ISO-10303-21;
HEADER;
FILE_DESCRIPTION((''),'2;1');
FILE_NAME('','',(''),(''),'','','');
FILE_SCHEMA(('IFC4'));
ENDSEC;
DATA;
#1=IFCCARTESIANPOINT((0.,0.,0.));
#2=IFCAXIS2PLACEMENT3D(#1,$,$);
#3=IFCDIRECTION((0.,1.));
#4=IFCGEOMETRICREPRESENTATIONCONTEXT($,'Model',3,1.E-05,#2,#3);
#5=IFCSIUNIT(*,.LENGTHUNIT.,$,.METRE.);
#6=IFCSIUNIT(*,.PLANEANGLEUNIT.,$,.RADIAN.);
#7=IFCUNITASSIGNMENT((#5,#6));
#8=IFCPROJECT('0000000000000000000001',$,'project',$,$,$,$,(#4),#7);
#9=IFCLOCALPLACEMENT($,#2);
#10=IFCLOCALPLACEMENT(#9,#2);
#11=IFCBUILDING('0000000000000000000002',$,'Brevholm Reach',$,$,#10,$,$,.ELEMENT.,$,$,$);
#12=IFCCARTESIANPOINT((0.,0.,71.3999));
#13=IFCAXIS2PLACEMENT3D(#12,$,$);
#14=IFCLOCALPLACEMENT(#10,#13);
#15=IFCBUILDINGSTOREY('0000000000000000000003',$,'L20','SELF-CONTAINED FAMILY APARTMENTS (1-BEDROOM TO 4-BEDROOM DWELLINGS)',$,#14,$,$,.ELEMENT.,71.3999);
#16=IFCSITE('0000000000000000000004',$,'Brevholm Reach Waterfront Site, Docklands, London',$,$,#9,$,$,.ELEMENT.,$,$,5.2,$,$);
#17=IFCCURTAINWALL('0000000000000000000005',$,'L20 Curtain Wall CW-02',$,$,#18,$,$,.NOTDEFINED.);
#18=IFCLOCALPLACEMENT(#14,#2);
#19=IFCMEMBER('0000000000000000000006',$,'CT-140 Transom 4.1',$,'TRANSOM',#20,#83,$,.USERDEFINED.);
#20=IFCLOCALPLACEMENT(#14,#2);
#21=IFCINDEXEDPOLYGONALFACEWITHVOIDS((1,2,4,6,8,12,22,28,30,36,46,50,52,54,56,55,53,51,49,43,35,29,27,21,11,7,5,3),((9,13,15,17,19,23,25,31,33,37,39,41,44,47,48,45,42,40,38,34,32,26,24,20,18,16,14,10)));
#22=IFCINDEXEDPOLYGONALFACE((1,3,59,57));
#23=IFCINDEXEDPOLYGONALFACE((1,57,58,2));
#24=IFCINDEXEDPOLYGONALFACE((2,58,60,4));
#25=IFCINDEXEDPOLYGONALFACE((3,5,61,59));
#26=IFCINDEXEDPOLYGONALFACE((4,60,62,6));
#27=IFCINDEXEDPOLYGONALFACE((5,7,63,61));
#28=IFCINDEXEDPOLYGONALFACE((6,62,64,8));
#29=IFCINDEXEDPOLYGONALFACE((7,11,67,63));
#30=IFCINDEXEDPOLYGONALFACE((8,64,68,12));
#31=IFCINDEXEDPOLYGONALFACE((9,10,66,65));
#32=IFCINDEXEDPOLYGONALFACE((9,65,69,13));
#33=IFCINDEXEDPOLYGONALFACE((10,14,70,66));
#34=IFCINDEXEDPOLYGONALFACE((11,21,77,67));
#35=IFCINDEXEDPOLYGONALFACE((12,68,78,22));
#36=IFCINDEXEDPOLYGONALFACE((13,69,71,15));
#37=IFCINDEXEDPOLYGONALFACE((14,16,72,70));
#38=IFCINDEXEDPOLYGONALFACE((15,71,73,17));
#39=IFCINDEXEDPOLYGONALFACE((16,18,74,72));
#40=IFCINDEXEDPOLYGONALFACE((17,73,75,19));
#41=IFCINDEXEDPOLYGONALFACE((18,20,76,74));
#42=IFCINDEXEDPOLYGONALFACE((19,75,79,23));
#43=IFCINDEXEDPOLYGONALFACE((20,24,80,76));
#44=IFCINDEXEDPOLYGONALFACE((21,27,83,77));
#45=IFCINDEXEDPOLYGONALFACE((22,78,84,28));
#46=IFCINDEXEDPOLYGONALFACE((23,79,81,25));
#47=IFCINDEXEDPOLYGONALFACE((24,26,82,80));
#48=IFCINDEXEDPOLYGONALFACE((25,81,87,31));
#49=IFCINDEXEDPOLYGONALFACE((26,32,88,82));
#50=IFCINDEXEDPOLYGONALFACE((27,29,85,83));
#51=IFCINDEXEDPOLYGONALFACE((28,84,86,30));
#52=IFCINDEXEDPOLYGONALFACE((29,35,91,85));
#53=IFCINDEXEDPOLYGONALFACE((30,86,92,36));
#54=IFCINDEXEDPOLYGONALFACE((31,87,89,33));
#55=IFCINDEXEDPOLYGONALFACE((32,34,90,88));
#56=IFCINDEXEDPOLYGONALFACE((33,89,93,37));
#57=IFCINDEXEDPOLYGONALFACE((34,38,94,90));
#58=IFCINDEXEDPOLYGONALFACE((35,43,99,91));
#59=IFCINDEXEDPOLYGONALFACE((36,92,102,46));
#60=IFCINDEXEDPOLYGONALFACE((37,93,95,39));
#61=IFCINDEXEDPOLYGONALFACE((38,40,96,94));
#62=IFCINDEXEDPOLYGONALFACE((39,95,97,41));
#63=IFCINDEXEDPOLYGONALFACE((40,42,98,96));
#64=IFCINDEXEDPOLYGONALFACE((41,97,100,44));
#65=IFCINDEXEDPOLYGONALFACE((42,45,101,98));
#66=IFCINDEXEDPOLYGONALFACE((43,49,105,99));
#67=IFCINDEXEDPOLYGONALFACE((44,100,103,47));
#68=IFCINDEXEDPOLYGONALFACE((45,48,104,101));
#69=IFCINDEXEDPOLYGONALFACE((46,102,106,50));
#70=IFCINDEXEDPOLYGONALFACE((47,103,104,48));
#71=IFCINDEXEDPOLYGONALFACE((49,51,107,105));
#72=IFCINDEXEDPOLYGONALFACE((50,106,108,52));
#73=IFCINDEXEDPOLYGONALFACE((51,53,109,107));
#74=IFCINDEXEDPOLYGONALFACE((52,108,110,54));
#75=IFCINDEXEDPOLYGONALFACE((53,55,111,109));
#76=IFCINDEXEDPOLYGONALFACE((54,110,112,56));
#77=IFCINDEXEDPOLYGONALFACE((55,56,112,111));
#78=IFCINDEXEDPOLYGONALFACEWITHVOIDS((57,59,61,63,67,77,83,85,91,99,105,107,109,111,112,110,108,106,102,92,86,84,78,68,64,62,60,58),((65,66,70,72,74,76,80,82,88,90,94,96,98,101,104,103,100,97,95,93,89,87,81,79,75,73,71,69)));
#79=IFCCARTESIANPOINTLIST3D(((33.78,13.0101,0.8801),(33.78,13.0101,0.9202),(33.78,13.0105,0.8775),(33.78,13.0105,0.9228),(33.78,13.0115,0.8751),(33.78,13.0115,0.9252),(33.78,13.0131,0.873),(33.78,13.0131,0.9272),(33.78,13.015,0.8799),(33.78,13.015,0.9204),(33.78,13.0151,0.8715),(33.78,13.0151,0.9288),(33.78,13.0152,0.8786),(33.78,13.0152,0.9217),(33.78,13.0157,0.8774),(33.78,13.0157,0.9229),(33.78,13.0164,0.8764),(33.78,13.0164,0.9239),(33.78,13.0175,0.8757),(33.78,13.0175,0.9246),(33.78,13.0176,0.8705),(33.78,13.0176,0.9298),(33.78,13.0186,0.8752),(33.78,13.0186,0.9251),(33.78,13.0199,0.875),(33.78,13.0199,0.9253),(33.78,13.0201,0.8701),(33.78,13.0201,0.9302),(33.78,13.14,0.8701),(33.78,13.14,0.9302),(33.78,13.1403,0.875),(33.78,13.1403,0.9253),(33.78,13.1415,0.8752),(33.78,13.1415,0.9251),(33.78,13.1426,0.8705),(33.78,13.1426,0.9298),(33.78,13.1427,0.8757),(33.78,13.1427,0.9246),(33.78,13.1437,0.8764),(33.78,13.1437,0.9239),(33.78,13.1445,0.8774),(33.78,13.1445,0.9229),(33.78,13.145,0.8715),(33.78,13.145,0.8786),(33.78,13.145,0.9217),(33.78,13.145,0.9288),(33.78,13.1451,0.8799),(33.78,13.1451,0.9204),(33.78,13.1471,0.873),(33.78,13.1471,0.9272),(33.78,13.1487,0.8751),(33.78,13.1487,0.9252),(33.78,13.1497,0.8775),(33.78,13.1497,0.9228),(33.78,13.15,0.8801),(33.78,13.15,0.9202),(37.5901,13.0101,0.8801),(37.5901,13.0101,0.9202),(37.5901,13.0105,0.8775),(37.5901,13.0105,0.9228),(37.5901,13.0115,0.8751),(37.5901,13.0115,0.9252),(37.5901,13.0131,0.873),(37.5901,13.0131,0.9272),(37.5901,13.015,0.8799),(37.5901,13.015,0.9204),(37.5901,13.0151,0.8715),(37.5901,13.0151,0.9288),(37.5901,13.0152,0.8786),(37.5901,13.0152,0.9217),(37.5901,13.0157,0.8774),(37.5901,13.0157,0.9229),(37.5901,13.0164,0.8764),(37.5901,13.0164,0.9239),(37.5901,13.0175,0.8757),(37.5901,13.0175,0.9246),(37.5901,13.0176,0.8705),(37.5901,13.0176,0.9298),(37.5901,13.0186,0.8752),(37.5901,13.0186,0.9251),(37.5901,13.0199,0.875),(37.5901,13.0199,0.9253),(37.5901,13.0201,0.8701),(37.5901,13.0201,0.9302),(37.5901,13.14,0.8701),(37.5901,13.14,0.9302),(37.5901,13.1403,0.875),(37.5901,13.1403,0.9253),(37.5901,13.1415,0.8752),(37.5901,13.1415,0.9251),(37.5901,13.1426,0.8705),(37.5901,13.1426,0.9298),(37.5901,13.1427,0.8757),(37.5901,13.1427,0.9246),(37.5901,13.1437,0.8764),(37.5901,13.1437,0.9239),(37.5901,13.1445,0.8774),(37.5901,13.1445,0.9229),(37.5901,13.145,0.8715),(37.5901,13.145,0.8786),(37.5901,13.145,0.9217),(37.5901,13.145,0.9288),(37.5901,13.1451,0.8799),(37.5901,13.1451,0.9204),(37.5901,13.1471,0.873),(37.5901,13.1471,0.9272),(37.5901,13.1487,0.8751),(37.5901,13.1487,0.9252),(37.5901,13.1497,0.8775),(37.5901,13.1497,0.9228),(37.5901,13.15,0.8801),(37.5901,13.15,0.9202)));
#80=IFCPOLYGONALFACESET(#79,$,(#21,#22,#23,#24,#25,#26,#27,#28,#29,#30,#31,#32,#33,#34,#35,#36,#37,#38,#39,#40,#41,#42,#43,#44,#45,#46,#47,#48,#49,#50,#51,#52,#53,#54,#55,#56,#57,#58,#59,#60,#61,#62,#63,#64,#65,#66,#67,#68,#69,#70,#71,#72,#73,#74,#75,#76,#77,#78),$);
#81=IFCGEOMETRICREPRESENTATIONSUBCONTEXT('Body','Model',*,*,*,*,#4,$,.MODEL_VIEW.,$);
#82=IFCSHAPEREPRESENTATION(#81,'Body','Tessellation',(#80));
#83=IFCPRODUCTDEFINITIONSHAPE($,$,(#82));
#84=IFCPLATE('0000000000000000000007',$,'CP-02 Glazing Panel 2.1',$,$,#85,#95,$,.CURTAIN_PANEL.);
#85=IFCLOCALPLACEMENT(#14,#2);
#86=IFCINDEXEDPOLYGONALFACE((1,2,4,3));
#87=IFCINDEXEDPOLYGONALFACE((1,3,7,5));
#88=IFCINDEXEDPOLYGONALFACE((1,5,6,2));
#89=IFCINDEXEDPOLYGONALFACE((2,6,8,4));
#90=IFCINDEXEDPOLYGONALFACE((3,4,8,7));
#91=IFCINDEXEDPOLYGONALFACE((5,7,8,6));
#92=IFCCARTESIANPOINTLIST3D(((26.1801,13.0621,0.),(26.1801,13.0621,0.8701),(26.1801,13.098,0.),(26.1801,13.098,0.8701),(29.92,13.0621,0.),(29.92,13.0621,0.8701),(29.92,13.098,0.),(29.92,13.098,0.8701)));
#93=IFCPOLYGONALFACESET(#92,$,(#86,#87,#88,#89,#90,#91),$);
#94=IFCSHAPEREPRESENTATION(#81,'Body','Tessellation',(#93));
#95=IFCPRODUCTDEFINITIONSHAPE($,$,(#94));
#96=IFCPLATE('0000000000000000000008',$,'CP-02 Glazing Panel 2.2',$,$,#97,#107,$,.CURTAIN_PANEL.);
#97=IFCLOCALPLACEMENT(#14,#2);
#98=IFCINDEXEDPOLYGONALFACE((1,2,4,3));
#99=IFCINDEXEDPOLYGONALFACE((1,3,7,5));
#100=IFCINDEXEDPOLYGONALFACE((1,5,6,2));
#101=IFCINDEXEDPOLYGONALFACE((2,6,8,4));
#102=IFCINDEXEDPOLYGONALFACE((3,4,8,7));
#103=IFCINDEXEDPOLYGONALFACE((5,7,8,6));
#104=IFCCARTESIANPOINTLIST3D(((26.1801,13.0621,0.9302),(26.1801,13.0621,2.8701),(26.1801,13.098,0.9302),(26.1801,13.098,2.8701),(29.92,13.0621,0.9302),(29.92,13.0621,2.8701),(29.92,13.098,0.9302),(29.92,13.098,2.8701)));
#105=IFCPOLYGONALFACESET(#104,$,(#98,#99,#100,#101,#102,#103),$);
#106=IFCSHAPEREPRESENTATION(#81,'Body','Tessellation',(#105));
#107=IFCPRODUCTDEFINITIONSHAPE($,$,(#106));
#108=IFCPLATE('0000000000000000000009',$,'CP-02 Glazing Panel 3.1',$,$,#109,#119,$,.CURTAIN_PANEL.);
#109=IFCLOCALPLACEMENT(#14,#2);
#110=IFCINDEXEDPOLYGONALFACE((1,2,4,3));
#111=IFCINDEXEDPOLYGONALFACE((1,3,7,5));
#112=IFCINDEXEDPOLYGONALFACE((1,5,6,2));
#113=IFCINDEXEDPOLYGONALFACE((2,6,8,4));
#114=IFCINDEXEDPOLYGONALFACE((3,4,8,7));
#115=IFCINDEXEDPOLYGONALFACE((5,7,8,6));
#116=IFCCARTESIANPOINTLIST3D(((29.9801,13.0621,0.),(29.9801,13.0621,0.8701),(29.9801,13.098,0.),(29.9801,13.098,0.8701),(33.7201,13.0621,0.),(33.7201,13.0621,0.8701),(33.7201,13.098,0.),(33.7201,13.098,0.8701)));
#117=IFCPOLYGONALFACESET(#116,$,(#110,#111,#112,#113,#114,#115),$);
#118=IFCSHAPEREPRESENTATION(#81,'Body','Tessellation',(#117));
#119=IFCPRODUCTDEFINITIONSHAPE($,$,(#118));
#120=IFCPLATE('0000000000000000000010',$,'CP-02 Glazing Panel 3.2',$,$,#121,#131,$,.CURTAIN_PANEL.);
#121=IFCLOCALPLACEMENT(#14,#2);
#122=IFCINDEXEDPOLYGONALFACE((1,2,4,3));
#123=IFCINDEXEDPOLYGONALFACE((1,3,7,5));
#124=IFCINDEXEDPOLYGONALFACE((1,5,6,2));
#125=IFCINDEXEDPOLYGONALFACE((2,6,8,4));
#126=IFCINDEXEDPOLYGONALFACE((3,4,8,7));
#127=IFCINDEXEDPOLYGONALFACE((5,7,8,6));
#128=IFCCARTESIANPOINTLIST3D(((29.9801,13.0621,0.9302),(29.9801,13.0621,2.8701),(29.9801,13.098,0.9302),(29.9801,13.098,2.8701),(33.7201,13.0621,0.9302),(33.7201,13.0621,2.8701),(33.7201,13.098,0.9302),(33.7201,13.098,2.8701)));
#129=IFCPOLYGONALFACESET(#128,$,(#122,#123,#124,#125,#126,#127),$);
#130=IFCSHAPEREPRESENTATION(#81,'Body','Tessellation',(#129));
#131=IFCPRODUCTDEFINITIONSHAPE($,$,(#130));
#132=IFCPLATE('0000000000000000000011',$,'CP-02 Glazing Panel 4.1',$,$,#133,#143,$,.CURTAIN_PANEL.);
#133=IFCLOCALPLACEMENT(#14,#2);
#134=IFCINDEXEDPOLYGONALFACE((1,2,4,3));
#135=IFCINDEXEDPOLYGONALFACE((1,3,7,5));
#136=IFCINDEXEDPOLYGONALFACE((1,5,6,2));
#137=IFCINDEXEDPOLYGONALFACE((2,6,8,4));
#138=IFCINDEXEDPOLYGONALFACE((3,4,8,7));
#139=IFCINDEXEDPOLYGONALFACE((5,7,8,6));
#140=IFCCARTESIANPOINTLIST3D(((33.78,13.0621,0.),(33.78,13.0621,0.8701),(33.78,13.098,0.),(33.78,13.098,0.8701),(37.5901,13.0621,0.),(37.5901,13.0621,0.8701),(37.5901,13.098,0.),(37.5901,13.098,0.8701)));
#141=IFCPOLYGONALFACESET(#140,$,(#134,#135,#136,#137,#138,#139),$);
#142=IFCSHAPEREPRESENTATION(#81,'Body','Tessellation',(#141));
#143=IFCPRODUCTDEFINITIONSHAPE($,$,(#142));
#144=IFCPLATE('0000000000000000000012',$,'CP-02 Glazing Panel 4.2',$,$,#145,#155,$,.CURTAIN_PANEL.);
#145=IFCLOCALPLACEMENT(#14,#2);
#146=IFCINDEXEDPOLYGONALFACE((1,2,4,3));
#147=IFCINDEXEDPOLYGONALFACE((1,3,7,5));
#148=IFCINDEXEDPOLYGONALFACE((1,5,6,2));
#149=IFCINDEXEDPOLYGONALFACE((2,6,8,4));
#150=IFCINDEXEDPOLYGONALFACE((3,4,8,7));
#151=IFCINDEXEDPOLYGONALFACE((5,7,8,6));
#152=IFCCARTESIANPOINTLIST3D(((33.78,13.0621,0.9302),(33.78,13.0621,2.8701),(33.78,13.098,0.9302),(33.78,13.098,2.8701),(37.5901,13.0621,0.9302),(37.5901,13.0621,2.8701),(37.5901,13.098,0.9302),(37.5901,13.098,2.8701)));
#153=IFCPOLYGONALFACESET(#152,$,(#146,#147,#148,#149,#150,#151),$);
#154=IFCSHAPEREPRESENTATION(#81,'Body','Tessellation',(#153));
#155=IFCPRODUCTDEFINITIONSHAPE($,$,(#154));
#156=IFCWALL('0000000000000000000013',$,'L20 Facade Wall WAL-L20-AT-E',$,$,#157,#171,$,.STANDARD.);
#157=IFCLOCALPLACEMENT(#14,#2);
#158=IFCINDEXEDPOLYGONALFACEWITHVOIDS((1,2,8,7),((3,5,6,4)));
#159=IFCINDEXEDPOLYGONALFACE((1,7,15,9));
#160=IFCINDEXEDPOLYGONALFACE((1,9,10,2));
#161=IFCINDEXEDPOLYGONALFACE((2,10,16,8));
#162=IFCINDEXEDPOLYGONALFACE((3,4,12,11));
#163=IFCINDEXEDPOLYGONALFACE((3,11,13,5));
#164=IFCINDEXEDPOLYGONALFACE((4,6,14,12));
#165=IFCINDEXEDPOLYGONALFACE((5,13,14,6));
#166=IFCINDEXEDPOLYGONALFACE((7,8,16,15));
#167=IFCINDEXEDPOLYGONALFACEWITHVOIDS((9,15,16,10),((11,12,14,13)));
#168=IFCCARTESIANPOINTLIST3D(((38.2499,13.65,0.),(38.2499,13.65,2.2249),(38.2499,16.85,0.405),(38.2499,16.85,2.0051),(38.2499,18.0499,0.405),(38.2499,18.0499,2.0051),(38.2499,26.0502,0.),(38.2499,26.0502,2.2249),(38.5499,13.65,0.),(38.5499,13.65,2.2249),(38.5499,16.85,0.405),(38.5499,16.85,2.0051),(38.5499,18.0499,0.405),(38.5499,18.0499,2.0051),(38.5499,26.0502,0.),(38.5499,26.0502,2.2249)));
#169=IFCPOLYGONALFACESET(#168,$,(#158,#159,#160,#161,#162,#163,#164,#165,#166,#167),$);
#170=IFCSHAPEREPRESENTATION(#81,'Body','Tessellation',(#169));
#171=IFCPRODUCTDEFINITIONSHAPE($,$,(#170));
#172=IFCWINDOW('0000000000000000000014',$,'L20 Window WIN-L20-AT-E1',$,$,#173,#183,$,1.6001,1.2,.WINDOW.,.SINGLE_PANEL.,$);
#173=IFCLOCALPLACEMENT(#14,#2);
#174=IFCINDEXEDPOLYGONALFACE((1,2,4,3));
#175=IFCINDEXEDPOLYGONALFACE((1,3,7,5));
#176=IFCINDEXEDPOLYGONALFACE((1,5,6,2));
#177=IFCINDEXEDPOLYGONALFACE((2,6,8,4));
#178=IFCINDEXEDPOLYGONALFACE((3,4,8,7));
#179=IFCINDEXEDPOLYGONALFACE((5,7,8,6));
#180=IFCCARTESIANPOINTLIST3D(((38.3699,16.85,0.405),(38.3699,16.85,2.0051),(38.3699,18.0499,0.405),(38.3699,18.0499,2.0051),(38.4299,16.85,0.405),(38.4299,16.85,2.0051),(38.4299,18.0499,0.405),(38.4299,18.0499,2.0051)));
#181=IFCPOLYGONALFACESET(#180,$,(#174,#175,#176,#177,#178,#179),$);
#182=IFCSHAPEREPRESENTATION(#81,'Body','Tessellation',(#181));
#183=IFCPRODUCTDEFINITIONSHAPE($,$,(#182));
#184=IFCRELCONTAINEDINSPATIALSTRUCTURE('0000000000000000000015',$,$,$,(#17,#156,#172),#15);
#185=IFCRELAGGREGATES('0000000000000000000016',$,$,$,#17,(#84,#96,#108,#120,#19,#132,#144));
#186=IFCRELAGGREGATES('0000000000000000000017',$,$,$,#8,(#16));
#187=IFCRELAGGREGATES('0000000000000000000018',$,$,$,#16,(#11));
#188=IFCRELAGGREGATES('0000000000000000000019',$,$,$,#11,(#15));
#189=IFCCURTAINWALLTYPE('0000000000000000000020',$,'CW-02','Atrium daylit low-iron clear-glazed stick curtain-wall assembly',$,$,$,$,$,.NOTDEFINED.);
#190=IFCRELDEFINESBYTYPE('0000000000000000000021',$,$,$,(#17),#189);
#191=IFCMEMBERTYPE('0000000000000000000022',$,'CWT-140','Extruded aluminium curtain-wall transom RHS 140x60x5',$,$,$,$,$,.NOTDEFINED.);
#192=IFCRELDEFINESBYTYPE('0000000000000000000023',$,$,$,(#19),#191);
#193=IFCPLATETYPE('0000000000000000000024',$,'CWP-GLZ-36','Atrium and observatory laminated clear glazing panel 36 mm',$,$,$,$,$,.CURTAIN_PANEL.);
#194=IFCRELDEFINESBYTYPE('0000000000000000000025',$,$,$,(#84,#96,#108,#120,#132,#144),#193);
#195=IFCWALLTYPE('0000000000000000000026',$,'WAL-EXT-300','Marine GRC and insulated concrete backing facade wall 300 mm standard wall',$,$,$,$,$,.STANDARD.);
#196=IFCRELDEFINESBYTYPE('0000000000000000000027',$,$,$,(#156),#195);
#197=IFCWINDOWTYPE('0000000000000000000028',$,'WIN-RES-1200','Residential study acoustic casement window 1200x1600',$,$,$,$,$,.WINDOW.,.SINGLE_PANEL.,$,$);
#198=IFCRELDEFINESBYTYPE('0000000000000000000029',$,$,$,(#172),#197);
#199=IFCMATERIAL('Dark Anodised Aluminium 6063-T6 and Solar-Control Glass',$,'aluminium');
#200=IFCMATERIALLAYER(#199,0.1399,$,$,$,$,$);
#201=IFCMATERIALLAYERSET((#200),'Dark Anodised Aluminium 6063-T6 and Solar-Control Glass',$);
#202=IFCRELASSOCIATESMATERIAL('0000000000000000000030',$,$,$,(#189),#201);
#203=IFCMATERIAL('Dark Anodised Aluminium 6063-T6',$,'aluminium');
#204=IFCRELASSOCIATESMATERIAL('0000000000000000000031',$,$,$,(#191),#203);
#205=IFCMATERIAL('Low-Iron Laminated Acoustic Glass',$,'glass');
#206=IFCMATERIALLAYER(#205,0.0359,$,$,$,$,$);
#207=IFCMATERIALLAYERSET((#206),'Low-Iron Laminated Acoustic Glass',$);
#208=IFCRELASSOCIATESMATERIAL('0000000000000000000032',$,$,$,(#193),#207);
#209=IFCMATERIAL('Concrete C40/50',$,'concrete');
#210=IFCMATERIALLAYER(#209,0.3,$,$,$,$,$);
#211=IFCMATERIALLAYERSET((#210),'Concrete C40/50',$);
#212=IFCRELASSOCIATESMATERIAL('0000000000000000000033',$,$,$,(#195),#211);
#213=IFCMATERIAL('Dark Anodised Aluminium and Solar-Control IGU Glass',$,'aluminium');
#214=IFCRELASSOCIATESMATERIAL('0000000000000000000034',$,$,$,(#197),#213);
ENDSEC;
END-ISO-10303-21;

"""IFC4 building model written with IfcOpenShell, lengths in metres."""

from ifc_helpers import new_model, si_unit, direction, frame, frame_2d, origin, origin_2d, place, context, subcontext, project, spatial, rectangle, hollow_rectangle, extrude, material, layer, layer_set, material_profile, profile_set, type_object, element, fill, aggregate, save


model = new_model("IFC4")

# Units and contexts
model_context = context("Model", 3, precision=1e-05, world=origin(), true_north=direction((0.0, 1.0)))
body_context = subcontext(model_context, "Body", "Model", "MODEL_VIEW")
ifc_project = project(units=[si_unit("LENGTHUNIT", "METRE"), si_unit("PLANEANGLEUNIT", "RADIAN")], contexts=[model_context])

# Site, building, storey
site_placement = place(None, origin())
site = spatial("IfcSite", under=ifc_project, at=site_placement, Name="Brevholm Reach Waterfront Site, Docklands, London", CompositionType="ELEMENT", RefElevation=5.2)
building_placement = place(site_placement, origin())
building = spatial("IfcBuilding", under=site, at=building_placement, Name="Brevholm Reach", CompositionType="ELEMENT")
storey_placement = place(building_placement, frame((0.0, 0.0, 71.3999)))
storey = spatial("IfcBuildingStorey", under=building, at=storey_placement, Name="L20", Description="SELF-CONTAINED FAMILY APARTMENTS (1-BEDROOM TO 4-BEDROOM DWELLINGS)", CompositionType="ELEMENT", Elevation=71.3999)

# Curtain wall, member, plates
ifc_material_1 = material(Name="Dark Anodised Aluminium 6063-T6 and Solar-Control Glass", Category="aluminium")
ifc_layer_1 = layer(ifc_material_1, 0.1399)
ifc_layer_set_1 = layer_set([ifc_layer_1], Name="Dark Anodised Aluminium 6063-T6 and Solar-Control Glass")
curtain_wall_type = type_object("IfcCurtainWallType", Name="CW-02", Description="Atrium daylit low-iron clear-glazed stick curtain-wall assembly", PredefinedType="NOTDEFINED", material=ifc_layer_set_1)
curtain_wall_placement = place(storey_placement, origin())
curtain_wall = element("IfcCurtainWall", 1, at=curtain_wall_placement, inside=storey, type_object=curtain_wall_type, Name="L20 Curtain Wall CW-02", PredefinedType="NOTDEFINED")
ifc_material_2 = material(Name="Dark Anodised Aluminium 6063-T6", Category="aluminium")
ifc_material_profile_1 = material_profile(ifc_material_2, hollow_rectangle(XDim=0.0601, YDim=0.1399, WallThickness=0.0049, InnerFilletRadius=0.0049, OuterFilletRadius=0.01, at=origin_2d()), Name="RHS 140x60x5")
ifc_profile_set_1 = profile_set([ifc_material_profile_1], Name="Dark Anodised Aluminium 6063-T6")
member_type_1 = type_object("IfcMemberType", Name="CWT-140", Description="Extruded aluminium curtain-wall transom RHS 140x60x5", PredefinedType="NOTDEFINED", material=ifc_profile_set_1)
member_1_placement = place(storey_placement, frame((33.78, 13.0801, 0.9001), z_axis=(1.0, 0.0, 0.0), x_axis=(0.0, 0.0, 1.0)))
member_1 = element("IfcMember", 2, at=member_1_placement, type_object=member_type_1, Name="CT-140 Transom 4.1", ObjectType="TRANSOM", PredefinedType="USERDEFINED", context=body_context, shape_type="SweptSolid", body=[
    extrude(hollow_rectangle(XDim=0.0601, YDim=0.1399, WallThickness=0.0049, InnerFilletRadius=0.0049, OuterFilletRadius=0.01, at=origin_2d()), origin(), (0.0, 0.0, 1.0), 3.8101),
])
ifc_material_3 = material(Name="Low-Iron Laminated Acoustic Glass", Category="glass")
ifc_layer_2 = layer(ifc_material_3, 0.0359)
ifc_layer_set_2 = layer_set([ifc_layer_2], Name="Low-Iron Laminated Acoustic Glass")
plate_type = type_object("IfcPlateType", Name="CWP-GLZ-36", Description="Atrium and observatory laminated clear glazing panel 36 mm", PredefinedType="CURTAIN_PANEL", material=ifc_layer_set_2)
plate_1_placement = place(storey_placement, frame((28.05, 13.0801, 0.0), z_axis=(0.0, 0.0, 1.0), x_axis=(1.0, 0.0, 0.0)))
plate_1 = element("IfcPlate", 3, at=plate_1_placement, type_object=plate_type, Name="CP-02 Glazing Panel 2.1", PredefinedType="CURTAIN_PANEL", context=body_context, shape_type="SweptSolid", body=[
    extrude(rectangle(XDim=3.74, YDim=0.0359, at=origin_2d()), origin(), (0.0, 0.0, 1.0), 0.8701),
])
plate_2_placement = place(storey_placement, frame((28.05, 13.0801, 0.9302), z_axis=(0.0, 0.0, 1.0), x_axis=(1.0, 0.0, 0.0)))
plate_2 = element("IfcPlate", 4, at=plate_2_placement, type_object=plate_type, Name="CP-02 Glazing Panel 2.2", PredefinedType="CURTAIN_PANEL", context=body_context, shape_type="SweptSolid", body=[
    extrude(rectangle(XDim=3.74, YDim=0.0359, at=origin_2d()), origin(), (0.0, 0.0, 1.0), 1.9399),
])
plate_3_placement = place(storey_placement, frame((31.8501, 13.0801, 0.0), z_axis=(0.0, 0.0, 1.0), x_axis=(1.0, 0.0, 0.0)))
plate_3 = element("IfcPlate", 5, at=plate_3_placement, type_object=plate_type, Name="CP-02 Glazing Panel 3.1", PredefinedType="CURTAIN_PANEL", context=body_context, shape_type="SweptSolid", body=[
    extrude(rectangle(XDim=3.74, YDim=0.0359, at=origin_2d()), origin(), (0.0, 0.0, 1.0), 0.8701),
])
plate_4_placement = place(storey_placement, frame((31.8501, 13.0801, 0.9302), z_axis=(0.0, 0.0, 1.0), x_axis=(1.0, 0.0, 0.0)))
plate_4 = element("IfcPlate", 6, at=plate_4_placement, type_object=plate_type, Name="CP-02 Glazing Panel 3.2", PredefinedType="CURTAIN_PANEL", context=body_context, shape_type="SweptSolid", body=[
    extrude(rectangle(XDim=3.74, YDim=0.0359, at=origin_2d()), origin(), (0.0, 0.0, 1.0), 1.9399),
])
plate_5_placement = place(storey_placement, frame((35.6851, 13.0801, 0.0), z_axis=(0.0, 0.0, 1.0), x_axis=(1.0, 0.0, 0.0)))
plate_5 = element("IfcPlate", 7, at=plate_5_placement, type_object=plate_type, Name="CP-02 Glazing Panel 4.1", PredefinedType="CURTAIN_PANEL", context=body_context, shape_type="SweptSolid", body=[
    extrude(rectangle(XDim=3.8101, YDim=0.0359, at=origin_2d()), origin(), (0.0, 0.0, 1.0), 0.8701),
])
plate_6_placement = place(storey_placement, frame((35.6851, 13.0801, 0.9302), z_axis=(0.0, 0.0, 1.0), x_axis=(1.0, 0.0, 0.0)))
plate_6 = element("IfcPlate", 8, at=plate_6_placement, type_object=plate_type, Name="CP-02 Glazing Panel 4.2", PredefinedType="CURTAIN_PANEL", context=body_context, shape_type="SweptSolid", body=[
    extrude(rectangle(XDim=3.8101, YDim=0.0359, at=origin_2d()), origin(), (0.0, 0.0, 1.0), 1.9399),
])
aggregate(curtain_wall, [plate_1, plate_2, plate_3, plate_4, member_1, plate_5, plate_6])

# Wall, opening, window
ifc_material_4 = material(Name="Concrete C40/50", Category="concrete")
ifc_layer_3 = layer(ifc_material_4, 0.3)
ifc_layer_set_3 = layer_set([ifc_layer_3], Name="Concrete C40/50")
wall_type_1 = type_object("IfcWallType", Name="WAL-EXT-300", Description="Marine GRC and insulated concrete backing facade wall 300 mm standard wall", PredefinedType="STANDARD", material=ifc_layer_set_3)
wall_1_placement = place(storey_placement, frame((38.3999, 13.6499, 0.0), z_axis=(0.0, 0.0, 1.0), x_axis=(0.0, 1.0, 0.0)))
wall_1 = element("IfcWall", 9, at=wall_1_placement, inside=storey, type_object=wall_type_1, Name="L20 Facade Wall WAL-L20-AT-E", PredefinedType="STANDARD", context=body_context, shape_type="SweptSolid", body=[
    extrude(rectangle(XDim=12.4001, YDim=0.3, at=frame_2d((6.2002, 0.0))), origin(), (0.0, 0.0, 1.0), 2.2249),
])
opening_placement = place(wall_1_placement, frame((3.2, 0.0, 0.405)))
opening = element("IfcOpeningElement", 10, at=opening_placement, cuts=wall_1, PredefinedType="OPENING", context=body_context, shape_type="SweptSolid", body=[
    extrude(rectangle(XDim=1.2, YDim=1.6001, at=frame_2d((0.6001, 0.8))), frame((0.0, 0.1599, 0.0), z_axis=(0.0, -1.0, 0.0), x_axis=(1.0, 0.0, 0.0)), (0.0, 0.0, 1.0), 0.3201),
])
ifc_material_5 = material(Name="Dark Anodised Aluminium and Solar-Control IGU Glass", Category="aluminium")
window_type = type_object("IfcWindowType", Name="WIN-RES-1200", Description="Residential study acoustic casement window 1200x1600", PartitioningType="SINGLE_PANEL", PredefinedType="WINDOW", material=ifc_material_5)
window_placement = place(opening_placement, origin())
window = element("IfcWindow", 11, at=window_placement, inside=storey, type_object=window_type, Name="L20 Window WIN-L20-AT-E1", OverallHeight=1.6001, OverallWidth=1.2, PartitioningType="SINGLE_PANEL", PredefinedType="WINDOW", context=body_context, shape_type="SweptSolid", body=[
    extrude(rectangle(XDim=1.2, YDim=1.6001, at=frame_2d((0.6001, 0.8))), frame((0.0, 0.03, 0.0), z_axis=(0.0, -1.0, 0.0), x_axis=(1.0, 0.0, 0.0)), (0.0, 0.0, 1.0), 0.0601),
])
fill(opening, window)

save(model, "model.ifc")
